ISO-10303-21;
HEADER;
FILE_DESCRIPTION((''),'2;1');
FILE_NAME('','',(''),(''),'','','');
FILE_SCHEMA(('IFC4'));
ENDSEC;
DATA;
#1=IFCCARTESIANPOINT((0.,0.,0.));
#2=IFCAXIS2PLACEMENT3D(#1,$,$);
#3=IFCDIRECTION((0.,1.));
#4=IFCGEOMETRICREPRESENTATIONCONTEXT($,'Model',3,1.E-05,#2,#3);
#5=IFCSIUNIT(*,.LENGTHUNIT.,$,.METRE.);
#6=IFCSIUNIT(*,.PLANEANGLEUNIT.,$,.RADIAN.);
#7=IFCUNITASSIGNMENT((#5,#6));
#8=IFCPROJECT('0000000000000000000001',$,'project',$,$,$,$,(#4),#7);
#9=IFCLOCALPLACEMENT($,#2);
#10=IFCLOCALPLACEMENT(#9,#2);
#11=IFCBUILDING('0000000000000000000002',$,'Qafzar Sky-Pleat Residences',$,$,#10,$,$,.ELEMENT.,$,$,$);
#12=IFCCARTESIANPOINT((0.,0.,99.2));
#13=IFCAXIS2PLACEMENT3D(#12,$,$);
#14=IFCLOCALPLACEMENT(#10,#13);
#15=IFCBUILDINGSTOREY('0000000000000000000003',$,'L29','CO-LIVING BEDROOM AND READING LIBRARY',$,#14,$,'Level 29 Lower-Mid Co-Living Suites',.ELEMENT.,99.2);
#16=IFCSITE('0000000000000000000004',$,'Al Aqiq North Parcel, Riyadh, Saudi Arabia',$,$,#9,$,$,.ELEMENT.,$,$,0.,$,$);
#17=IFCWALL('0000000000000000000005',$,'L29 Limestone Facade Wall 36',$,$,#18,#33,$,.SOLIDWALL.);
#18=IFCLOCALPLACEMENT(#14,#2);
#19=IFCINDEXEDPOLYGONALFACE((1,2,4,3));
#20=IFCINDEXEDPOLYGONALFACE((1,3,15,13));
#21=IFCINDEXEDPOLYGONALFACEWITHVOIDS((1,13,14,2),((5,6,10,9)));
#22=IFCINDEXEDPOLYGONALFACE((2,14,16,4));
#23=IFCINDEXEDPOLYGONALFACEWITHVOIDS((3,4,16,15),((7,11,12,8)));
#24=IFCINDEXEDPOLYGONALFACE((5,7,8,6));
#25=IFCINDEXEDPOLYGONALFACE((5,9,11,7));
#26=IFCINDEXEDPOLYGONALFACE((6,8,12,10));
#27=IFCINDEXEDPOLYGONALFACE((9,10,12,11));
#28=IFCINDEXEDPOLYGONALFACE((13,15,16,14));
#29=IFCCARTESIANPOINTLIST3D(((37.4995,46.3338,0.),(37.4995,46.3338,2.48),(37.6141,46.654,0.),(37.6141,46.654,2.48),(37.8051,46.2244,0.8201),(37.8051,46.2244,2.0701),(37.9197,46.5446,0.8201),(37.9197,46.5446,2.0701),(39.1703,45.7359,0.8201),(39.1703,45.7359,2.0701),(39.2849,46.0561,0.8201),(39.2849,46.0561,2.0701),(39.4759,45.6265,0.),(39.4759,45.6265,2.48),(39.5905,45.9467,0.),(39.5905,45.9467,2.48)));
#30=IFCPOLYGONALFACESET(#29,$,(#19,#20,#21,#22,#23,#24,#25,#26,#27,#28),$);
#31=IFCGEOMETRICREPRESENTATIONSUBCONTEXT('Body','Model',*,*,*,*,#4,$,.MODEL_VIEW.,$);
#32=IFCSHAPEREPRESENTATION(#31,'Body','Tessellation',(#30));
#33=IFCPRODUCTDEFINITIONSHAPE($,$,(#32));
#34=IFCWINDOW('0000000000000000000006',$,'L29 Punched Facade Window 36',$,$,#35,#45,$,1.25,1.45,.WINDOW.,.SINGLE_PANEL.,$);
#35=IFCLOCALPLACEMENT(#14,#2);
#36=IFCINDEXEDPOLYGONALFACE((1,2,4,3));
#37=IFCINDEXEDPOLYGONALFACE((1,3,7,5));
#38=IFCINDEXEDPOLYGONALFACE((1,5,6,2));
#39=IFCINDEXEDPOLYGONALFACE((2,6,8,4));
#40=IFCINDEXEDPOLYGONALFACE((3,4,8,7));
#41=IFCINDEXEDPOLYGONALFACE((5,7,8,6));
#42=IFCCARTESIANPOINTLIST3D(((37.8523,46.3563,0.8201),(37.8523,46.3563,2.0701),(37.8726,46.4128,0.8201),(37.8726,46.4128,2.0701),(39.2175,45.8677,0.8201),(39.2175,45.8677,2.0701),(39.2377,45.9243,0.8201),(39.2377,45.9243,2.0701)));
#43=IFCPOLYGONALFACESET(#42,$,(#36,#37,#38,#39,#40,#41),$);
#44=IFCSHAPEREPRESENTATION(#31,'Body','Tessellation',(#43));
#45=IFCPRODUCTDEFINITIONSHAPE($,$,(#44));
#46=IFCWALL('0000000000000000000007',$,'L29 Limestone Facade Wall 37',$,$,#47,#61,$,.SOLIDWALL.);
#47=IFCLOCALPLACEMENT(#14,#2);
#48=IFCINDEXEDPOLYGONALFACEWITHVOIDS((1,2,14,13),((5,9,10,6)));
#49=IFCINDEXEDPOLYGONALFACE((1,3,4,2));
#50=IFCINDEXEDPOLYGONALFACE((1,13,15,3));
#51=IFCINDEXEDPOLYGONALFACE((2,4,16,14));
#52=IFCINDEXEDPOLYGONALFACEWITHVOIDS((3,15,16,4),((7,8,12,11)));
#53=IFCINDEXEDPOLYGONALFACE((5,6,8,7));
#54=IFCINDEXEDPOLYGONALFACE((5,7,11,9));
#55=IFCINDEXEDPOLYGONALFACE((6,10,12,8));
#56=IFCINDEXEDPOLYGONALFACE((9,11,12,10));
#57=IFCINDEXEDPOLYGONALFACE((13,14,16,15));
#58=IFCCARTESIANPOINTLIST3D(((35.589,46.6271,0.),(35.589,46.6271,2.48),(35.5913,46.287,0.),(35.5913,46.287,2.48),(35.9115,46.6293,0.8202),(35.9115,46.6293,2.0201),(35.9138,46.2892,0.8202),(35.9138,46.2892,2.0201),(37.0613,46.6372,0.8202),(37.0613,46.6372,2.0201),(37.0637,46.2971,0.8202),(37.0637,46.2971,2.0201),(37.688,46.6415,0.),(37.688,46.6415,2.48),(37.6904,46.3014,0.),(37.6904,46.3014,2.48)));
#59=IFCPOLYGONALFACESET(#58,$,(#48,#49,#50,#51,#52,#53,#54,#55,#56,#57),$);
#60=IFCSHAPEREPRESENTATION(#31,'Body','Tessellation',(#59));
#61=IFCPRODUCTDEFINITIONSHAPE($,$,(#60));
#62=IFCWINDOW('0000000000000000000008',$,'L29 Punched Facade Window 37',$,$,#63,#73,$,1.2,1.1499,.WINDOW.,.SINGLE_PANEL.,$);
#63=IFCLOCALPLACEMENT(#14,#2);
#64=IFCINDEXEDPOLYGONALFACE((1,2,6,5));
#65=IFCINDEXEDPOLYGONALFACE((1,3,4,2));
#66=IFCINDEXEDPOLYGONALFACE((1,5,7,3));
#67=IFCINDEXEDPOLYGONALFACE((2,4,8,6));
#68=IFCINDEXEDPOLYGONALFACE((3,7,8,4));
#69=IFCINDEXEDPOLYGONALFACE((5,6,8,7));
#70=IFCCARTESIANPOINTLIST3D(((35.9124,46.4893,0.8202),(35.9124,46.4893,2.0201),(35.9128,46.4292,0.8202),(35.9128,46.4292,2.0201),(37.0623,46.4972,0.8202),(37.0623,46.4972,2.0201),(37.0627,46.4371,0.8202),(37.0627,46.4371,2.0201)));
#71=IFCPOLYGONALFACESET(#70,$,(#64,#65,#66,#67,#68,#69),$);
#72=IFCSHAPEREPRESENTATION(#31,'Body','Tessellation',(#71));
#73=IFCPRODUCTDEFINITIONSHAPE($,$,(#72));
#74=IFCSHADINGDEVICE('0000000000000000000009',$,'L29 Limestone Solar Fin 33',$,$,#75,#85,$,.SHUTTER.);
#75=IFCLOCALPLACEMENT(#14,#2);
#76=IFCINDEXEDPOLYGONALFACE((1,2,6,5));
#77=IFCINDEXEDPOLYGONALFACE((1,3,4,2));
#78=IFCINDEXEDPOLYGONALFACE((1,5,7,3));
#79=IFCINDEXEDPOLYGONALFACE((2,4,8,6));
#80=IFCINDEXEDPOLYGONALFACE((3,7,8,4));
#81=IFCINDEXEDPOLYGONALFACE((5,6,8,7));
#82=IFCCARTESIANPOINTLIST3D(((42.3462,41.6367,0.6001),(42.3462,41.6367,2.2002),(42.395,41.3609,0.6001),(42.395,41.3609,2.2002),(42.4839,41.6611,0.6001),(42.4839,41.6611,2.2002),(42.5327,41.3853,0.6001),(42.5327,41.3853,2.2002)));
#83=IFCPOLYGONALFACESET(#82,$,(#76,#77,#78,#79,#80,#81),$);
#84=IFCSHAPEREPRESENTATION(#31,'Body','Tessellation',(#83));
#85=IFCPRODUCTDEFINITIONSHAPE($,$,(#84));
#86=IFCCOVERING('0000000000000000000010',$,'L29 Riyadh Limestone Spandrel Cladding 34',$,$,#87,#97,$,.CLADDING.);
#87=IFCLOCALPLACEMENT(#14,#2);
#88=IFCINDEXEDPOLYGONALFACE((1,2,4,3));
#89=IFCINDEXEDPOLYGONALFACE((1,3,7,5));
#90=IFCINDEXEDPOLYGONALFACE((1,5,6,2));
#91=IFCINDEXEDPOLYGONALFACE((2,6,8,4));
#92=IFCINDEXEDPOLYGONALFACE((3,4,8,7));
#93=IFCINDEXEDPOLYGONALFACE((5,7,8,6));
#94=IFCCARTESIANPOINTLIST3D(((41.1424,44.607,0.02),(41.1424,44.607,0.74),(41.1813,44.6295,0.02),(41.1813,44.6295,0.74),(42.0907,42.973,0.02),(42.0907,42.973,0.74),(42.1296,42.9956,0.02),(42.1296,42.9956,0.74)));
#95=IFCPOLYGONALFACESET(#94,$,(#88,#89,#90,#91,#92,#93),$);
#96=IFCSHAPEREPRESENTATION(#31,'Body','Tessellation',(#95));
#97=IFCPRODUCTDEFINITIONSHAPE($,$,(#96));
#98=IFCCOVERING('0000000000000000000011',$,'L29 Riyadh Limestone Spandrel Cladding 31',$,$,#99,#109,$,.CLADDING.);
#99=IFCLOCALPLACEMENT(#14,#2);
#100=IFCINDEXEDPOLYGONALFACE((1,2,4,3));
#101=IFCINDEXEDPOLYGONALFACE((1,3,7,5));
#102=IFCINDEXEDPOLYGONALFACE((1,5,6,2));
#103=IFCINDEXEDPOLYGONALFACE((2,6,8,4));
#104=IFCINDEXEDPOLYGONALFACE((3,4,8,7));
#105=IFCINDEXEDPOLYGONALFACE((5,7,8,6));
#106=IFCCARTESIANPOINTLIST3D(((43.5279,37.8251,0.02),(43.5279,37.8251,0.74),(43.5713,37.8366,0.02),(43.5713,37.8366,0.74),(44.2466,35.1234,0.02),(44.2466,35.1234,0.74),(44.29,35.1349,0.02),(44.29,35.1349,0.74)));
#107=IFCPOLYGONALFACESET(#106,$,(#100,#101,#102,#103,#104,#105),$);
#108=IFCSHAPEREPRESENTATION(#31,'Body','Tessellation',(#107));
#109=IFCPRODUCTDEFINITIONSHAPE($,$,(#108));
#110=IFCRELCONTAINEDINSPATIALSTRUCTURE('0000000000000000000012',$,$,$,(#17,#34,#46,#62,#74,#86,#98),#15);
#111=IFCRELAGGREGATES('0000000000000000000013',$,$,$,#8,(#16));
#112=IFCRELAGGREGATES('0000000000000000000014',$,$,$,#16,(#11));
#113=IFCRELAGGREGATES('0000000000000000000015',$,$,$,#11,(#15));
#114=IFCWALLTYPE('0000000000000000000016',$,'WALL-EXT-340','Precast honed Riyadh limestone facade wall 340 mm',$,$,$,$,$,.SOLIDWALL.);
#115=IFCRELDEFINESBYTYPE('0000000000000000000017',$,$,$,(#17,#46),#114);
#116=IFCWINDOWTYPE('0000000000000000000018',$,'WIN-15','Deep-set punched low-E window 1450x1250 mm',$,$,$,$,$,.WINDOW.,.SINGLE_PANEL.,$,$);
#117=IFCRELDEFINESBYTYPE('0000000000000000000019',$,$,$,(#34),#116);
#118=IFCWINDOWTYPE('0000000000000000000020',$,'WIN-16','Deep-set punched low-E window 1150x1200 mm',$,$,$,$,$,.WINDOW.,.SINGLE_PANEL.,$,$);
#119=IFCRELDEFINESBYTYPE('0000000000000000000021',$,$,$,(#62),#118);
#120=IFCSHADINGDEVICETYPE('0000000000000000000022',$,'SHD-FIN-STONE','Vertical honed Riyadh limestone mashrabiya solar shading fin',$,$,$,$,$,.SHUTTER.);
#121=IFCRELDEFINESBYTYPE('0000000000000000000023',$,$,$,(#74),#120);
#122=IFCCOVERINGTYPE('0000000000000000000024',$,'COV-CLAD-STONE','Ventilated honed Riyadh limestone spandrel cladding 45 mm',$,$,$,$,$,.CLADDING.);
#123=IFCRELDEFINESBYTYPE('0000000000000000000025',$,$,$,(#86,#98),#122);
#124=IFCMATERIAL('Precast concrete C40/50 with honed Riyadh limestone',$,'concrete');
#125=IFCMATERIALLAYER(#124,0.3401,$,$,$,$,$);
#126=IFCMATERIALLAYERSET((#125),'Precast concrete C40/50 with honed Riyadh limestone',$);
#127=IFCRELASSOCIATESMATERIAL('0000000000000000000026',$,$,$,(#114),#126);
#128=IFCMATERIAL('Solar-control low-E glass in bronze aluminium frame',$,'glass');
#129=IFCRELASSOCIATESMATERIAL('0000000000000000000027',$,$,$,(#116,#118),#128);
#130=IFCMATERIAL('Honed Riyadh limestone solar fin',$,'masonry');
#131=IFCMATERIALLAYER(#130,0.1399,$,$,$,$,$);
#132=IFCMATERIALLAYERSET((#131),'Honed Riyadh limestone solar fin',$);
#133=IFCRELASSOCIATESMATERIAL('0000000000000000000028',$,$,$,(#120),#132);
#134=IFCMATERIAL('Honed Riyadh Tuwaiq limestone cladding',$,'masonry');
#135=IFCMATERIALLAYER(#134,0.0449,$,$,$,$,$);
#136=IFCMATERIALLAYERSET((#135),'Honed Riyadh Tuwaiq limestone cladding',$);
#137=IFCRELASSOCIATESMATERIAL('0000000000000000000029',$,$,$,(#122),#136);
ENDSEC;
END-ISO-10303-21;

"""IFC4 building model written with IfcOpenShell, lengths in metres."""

from ifc_helpers import new_model, si_unit, direction, frame, frame_2d, origin, origin_2d, place, context, subcontext, project, spatial, rectangle, extrude, source, transform, mapped, material, layer, layer_set, type_object, element, fill, save


model = new_model("IFC4")

# Units and contexts
model_context = context("Model", 3, precision=1e-05, world=origin(), true_north=direction((0.0, 1.0)))
body_context = subcontext(model_context, "Body", "Model", "MODEL_VIEW")
ifc_project = project(units=[si_unit("LENGTHUNIT", "METRE"), si_unit("PLANEANGLEUNIT", "RADIAN")], contexts=[model_context])

# Site, building, storey
site_placement = place(None, origin())
site = spatial("IfcSite", under=ifc_project, at=site_placement, Name="Al Aqiq North Parcel, Riyadh, Saudi Arabia", CompositionType="ELEMENT", RefElevation=0.0)
building_placement = place(site_placement, origin())
building = spatial("IfcBuilding", under=site, at=building_placement, Name="Qafzar Sky-Pleat Residences", CompositionType="ELEMENT")
storey_placement = place(building_placement, frame((0.0, 0.0, 99.2)))
storey = spatial("IfcBuildingStorey", under=building, at=storey_placement, Name="L29", Description="CO-LIVING BEDROOM AND READING LIBRARY", LongName="Level 29 Lower-Mid Co-Living Suites", CompositionType="ELEMENT", Elevation=99.2)

# Walls, openings, windows
ifc_material_1 = material(Name="Precast concrete C40/50 with honed Riyadh limestone", Category="concrete")
ifc_layer_1 = layer(ifc_material_1, 0.3401)
ifc_layer_set_1 = layer_set([ifc_layer_1], Name="Precast concrete C40/50 with honed Riyadh limestone")
wall_type_1 = type_object("IfcWallType", Name="WALL-EXT-340", Description="Precast honed Riyadh limestone facade wall 340 mm", PredefinedType="SOLIDWALL", material=ifc_layer_set_1)
ifc_material_2 = material(Name="Solar-control low-E glass in bronze aluminium frame", Category="glass")
window_type_1 = type_object("IfcWindowType", Name="WIN-15", Description="Deep-set punched low-E window 1450x1250 mm", PartitioningType="SINGLE_PANEL", PredefinedType="WINDOW", material=ifc_material_2)
shared_shape_1 = source(origin(), body_context, "Body", "SweptSolid", [
    extrude(rectangle(XDim=1.45, YDim=1.25, at=frame_2d((0.7251, 0.625))), frame((0.0, 0.03, 0.0), z_axis=(0.0, -1.0, 0.0), x_axis=(1.0, 0.0, 0.0)), (0.0, 0.0, 1.0), 0.0601),
])
wall_1_placement = place(storey_placement, frame((39.5332, 45.7866, 0.0), z_axis=(0.0, 0.0, 1.0), x_axis=(-0.941523, 0.336948, 0.0)))
wall_1 = element("IfcWall", 1, at=wall_1_placement, inside=storey, type_object=wall_type_1, Name="L29 Limestone Facade Wall 36", PredefinedType="SOLIDWALL", context=body_context, shape_type="SweptSolid", body=[
    extrude(rectangle(XDim=2.0991, YDim=0.3401, at=frame_2d((1.0496, 0.0))), origin(), (0.0, 0.0, 1.0), 2.48),
])
opening_1_placement = place(wall_1_placement, frame((0.3245, 0.0, 0.8201)))
opening_1 = element("IfcOpeningElement", 2, at=opening_1_placement, cuts=wall_1, PredefinedType="OPENING", context=body_context, shape_type="SweptSolid", body=[
    extrude(rectangle(XDim=1.45, YDim=1.25, at=frame_2d((0.7251, 0.625))), frame((0.0, 0.1802, 0.0), z_axis=(0.0, -1.0, 0.0), x_axis=(1.0, 0.0, 0.0)), (0.0, 0.0, 1.0), 0.3601),
])
window_1_placement = place(opening_1_placement, origin())
window_1 = element("IfcWindow", 3, at=window_1_placement, inside=storey, type_object=window_type_1, Name="L29 Punched Facade Window 36", OverallHeight=1.25, OverallWidth=1.45, PartitioningType="SINGLE_PANEL", PredefinedType="WINDOW", context=body_context, shape_type="MappedRepresentation", body=[
    mapped(shared_shape_1, transform((0.0, 0.0, 0.0), x_axis=(1.0, 0.0, 0.0), y_axis=(0.0, 1.0, 0.0), z_axis=(0.0, 0.0, 1.0), scale=1.0)),
])
fill(opening_1, window_1)
wall_2_placement = place(storey_placement, frame((37.6892, 46.4714, 0.0), z_axis=(0.0, 0.0, 1.0), x_axis=(-0.999976, -0.006862, 0.0)))
wall_2 = element("IfcWall", 4, at=wall_2_placement, inside=storey, type_object=wall_type_1, Name="L29 Limestone Facade Wall 37", PredefinedType="SOLIDWALL", context=body_context, shape_type="SweptSolid", body=[
    extrude(rectangle(XDim=2.0991, YDim=0.3401, at=frame_2d((1.0496, 0.0))), origin(), (0.0, 0.0, 1.0), 2.48),
])
opening_2_placement = place(wall_2_placement, frame((0.6267, 0.0, 0.8201)))
opening_2 = element("IfcOpeningElement", 5, at=opening_2_placement, cuts=wall_2, PredefinedType="OPENING", context=body_context, shape_type="SweptSolid", body=[
    extrude(rectangle(XDim=1.1499, YDim=1.2, at=frame_2d((0.575, 0.6001))), frame((0.0, 0.1802, 0.0), z_axis=(0.0, -1.0, 0.0), x_axis=(1.0, 0.0, 0.0)), (0.0, 0.0, 1.0), 0.3601),
])
window_type_2 = type_object("IfcWindowType", Name="WIN-16", Description="Deep-set punched low-E window 1150x1200 mm", PartitioningType="SINGLE_PANEL", PredefinedType="WINDOW", material=ifc_material_2)
shared_shape_2 = source(origin(), body_context, "Body", "SweptSolid", [
    extrude(rectangle(XDim=1.1499, YDim=1.2, at=frame_2d((0.575, 0.6001))), frame((0.0, 0.03, 0.0), z_axis=(0.0, -1.0, 0.0), x_axis=(1.0, 0.0, 0.0)), (0.0, 0.0, 1.0), 0.0601),
])
window_2_placement = place(opening_2_placement, origin())
window_2 = element("IfcWindow", 6, at=window_2_placement, inside=storey, type_object=window_type_2, Name="L29 Punched Facade Window 37", OverallHeight=1.2, OverallWidth=1.1499, PartitioningType="SINGLE_PANEL", PredefinedType="WINDOW", context=body_context, shape_type="MappedRepresentation", body=[
    mapped(shared_shape_2, transform((0.0, 0.0, 0.0), x_axis=(1.0, 0.0, 0.0), y_axis=(0.0, 1.0, 0.0), z_axis=(0.0, 0.0, 1.0), scale=1.0)),
])
fill(opening_2, window_2)

# Shading device
ifc_material_3 = material(Name="Honed Riyadh limestone solar fin", Category="masonry")
ifc_layer_2 = layer(ifc_material_3, 0.1399)
ifc_layer_set_2 = layer_set([ifc_layer_2], Name="Honed Riyadh limestone solar fin")
shading_device_type = type_object("IfcShadingDeviceType", Name="SHD-FIN-STONE", Description="Vertical honed Riyadh limestone mashrabiya solar shading fin", PredefinedType="SHUTTER", material=ifc_layer_set_2)
shared_shape_3 = source(origin(), body_context, "Body", "SweptSolid", [
    extrude(rectangle(XDim=0.1399, YDim=0.28, at=origin_2d()), origin(), (0.0, 0.0, 1.0), 1.6001),
])
shading_device_placement = place(storey_placement, frame((42.4395, 41.511, 0.6001), z_axis=(0.0, 0.0, 1.0), x_axis=(0.984676, 0.174394, 0.0)))
element("IfcShadingDevice", 7, at=shading_device_placement, inside=storey, type_object=shading_device_type, Name="L29 Limestone Solar Fin 33", PredefinedType="SHUTTER", context=body_context, shape_type="MappedRepresentation", body=[
    mapped(shared_shape_3, transform((0.0, 0.0, 0.0), x_axis=(1.0, 0.0, 0.0), y_axis=(0.0, 1.0, 0.0), z_axis=(0.0, 0.0, 1.0), scale=1.0)),
])

# Coverings
ifc_material_4 = material(Name="Honed Riyadh Tuwaiq limestone cladding", Category="masonry")
ifc_layer_3 = layer(ifc_material_4, 0.0449)
ifc_layer_set_3 = layer_set([ifc_layer_3], Name="Honed Riyadh Tuwaiq limestone cladding")
covering_type = type_object("IfcCoveringType", Name="COV-CLAD-STONE", Description="Ventilated honed Riyadh limestone spandrel cladding 45 mm", PredefinedType="CLADDING", material=ifc_layer_set_3)
shared_shape_4 = source(origin(), body_context, "Body", "SweptSolid", [
    extrude(rectangle(XDim=1.8892, YDim=0.0449, at=origin_2d()), origin(), (0.0, 0.0, 1.0), 0.72),
])
covering_1_placement = place(storey_placement, frame((41.636, 43.8013, 0.02), z_axis=(0.0, 0.0, 1.0), x_axis=(-0.501956, 0.864893, 0.0)))
element("IfcCovering", 8, at=covering_1_placement, inside=storey, type_object=covering_type, Name="L29 Riyadh Limestone Spandrel Cladding 34", PredefinedType="CLADDING", context=body_context, shape_type="MappedRepresentation", body=[
    mapped(shared_shape_4, transform((0.0, 0.0, 0.0), x_axis=(1.0, 0.0, 0.0), y_axis=(0.0, 1.0, 0.0), z_axis=(0.0, 0.0, 1.0), scale=1.0)),
])
shared_shape_5 = source(origin(), body_context, "Body", "SweptSolid", [
    extrude(rectangle(XDim=2.7957, YDim=0.0449, at=origin_2d()), origin(), (0.0, 0.0, 1.0), 0.72),
])
covering_2_placement = place(storey_placement, frame((43.9089, 36.48, 0.02), z_axis=(0.0, 0.0, 1.0), x_axis=(-0.257082, 0.96639, 0.0)))
element("IfcCovering", 9, at=covering_2_placement, inside=storey, type_object=covering_type, Name="L29 Riyadh Limestone Spandrel Cladding 31", PredefinedType="CLADDING", context=body_context, shape_type="MappedRepresentation", body=[
    mapped(shared_shape_5, transform((0.0, 0.0, 0.0), x_axis=(1.0, 0.0, 0.0), y_axis=(0.0, 1.0, 0.0), z_axis=(0.0, 0.0, 1.0), scale=1.0)),
])

save(model, "model.ifc")
